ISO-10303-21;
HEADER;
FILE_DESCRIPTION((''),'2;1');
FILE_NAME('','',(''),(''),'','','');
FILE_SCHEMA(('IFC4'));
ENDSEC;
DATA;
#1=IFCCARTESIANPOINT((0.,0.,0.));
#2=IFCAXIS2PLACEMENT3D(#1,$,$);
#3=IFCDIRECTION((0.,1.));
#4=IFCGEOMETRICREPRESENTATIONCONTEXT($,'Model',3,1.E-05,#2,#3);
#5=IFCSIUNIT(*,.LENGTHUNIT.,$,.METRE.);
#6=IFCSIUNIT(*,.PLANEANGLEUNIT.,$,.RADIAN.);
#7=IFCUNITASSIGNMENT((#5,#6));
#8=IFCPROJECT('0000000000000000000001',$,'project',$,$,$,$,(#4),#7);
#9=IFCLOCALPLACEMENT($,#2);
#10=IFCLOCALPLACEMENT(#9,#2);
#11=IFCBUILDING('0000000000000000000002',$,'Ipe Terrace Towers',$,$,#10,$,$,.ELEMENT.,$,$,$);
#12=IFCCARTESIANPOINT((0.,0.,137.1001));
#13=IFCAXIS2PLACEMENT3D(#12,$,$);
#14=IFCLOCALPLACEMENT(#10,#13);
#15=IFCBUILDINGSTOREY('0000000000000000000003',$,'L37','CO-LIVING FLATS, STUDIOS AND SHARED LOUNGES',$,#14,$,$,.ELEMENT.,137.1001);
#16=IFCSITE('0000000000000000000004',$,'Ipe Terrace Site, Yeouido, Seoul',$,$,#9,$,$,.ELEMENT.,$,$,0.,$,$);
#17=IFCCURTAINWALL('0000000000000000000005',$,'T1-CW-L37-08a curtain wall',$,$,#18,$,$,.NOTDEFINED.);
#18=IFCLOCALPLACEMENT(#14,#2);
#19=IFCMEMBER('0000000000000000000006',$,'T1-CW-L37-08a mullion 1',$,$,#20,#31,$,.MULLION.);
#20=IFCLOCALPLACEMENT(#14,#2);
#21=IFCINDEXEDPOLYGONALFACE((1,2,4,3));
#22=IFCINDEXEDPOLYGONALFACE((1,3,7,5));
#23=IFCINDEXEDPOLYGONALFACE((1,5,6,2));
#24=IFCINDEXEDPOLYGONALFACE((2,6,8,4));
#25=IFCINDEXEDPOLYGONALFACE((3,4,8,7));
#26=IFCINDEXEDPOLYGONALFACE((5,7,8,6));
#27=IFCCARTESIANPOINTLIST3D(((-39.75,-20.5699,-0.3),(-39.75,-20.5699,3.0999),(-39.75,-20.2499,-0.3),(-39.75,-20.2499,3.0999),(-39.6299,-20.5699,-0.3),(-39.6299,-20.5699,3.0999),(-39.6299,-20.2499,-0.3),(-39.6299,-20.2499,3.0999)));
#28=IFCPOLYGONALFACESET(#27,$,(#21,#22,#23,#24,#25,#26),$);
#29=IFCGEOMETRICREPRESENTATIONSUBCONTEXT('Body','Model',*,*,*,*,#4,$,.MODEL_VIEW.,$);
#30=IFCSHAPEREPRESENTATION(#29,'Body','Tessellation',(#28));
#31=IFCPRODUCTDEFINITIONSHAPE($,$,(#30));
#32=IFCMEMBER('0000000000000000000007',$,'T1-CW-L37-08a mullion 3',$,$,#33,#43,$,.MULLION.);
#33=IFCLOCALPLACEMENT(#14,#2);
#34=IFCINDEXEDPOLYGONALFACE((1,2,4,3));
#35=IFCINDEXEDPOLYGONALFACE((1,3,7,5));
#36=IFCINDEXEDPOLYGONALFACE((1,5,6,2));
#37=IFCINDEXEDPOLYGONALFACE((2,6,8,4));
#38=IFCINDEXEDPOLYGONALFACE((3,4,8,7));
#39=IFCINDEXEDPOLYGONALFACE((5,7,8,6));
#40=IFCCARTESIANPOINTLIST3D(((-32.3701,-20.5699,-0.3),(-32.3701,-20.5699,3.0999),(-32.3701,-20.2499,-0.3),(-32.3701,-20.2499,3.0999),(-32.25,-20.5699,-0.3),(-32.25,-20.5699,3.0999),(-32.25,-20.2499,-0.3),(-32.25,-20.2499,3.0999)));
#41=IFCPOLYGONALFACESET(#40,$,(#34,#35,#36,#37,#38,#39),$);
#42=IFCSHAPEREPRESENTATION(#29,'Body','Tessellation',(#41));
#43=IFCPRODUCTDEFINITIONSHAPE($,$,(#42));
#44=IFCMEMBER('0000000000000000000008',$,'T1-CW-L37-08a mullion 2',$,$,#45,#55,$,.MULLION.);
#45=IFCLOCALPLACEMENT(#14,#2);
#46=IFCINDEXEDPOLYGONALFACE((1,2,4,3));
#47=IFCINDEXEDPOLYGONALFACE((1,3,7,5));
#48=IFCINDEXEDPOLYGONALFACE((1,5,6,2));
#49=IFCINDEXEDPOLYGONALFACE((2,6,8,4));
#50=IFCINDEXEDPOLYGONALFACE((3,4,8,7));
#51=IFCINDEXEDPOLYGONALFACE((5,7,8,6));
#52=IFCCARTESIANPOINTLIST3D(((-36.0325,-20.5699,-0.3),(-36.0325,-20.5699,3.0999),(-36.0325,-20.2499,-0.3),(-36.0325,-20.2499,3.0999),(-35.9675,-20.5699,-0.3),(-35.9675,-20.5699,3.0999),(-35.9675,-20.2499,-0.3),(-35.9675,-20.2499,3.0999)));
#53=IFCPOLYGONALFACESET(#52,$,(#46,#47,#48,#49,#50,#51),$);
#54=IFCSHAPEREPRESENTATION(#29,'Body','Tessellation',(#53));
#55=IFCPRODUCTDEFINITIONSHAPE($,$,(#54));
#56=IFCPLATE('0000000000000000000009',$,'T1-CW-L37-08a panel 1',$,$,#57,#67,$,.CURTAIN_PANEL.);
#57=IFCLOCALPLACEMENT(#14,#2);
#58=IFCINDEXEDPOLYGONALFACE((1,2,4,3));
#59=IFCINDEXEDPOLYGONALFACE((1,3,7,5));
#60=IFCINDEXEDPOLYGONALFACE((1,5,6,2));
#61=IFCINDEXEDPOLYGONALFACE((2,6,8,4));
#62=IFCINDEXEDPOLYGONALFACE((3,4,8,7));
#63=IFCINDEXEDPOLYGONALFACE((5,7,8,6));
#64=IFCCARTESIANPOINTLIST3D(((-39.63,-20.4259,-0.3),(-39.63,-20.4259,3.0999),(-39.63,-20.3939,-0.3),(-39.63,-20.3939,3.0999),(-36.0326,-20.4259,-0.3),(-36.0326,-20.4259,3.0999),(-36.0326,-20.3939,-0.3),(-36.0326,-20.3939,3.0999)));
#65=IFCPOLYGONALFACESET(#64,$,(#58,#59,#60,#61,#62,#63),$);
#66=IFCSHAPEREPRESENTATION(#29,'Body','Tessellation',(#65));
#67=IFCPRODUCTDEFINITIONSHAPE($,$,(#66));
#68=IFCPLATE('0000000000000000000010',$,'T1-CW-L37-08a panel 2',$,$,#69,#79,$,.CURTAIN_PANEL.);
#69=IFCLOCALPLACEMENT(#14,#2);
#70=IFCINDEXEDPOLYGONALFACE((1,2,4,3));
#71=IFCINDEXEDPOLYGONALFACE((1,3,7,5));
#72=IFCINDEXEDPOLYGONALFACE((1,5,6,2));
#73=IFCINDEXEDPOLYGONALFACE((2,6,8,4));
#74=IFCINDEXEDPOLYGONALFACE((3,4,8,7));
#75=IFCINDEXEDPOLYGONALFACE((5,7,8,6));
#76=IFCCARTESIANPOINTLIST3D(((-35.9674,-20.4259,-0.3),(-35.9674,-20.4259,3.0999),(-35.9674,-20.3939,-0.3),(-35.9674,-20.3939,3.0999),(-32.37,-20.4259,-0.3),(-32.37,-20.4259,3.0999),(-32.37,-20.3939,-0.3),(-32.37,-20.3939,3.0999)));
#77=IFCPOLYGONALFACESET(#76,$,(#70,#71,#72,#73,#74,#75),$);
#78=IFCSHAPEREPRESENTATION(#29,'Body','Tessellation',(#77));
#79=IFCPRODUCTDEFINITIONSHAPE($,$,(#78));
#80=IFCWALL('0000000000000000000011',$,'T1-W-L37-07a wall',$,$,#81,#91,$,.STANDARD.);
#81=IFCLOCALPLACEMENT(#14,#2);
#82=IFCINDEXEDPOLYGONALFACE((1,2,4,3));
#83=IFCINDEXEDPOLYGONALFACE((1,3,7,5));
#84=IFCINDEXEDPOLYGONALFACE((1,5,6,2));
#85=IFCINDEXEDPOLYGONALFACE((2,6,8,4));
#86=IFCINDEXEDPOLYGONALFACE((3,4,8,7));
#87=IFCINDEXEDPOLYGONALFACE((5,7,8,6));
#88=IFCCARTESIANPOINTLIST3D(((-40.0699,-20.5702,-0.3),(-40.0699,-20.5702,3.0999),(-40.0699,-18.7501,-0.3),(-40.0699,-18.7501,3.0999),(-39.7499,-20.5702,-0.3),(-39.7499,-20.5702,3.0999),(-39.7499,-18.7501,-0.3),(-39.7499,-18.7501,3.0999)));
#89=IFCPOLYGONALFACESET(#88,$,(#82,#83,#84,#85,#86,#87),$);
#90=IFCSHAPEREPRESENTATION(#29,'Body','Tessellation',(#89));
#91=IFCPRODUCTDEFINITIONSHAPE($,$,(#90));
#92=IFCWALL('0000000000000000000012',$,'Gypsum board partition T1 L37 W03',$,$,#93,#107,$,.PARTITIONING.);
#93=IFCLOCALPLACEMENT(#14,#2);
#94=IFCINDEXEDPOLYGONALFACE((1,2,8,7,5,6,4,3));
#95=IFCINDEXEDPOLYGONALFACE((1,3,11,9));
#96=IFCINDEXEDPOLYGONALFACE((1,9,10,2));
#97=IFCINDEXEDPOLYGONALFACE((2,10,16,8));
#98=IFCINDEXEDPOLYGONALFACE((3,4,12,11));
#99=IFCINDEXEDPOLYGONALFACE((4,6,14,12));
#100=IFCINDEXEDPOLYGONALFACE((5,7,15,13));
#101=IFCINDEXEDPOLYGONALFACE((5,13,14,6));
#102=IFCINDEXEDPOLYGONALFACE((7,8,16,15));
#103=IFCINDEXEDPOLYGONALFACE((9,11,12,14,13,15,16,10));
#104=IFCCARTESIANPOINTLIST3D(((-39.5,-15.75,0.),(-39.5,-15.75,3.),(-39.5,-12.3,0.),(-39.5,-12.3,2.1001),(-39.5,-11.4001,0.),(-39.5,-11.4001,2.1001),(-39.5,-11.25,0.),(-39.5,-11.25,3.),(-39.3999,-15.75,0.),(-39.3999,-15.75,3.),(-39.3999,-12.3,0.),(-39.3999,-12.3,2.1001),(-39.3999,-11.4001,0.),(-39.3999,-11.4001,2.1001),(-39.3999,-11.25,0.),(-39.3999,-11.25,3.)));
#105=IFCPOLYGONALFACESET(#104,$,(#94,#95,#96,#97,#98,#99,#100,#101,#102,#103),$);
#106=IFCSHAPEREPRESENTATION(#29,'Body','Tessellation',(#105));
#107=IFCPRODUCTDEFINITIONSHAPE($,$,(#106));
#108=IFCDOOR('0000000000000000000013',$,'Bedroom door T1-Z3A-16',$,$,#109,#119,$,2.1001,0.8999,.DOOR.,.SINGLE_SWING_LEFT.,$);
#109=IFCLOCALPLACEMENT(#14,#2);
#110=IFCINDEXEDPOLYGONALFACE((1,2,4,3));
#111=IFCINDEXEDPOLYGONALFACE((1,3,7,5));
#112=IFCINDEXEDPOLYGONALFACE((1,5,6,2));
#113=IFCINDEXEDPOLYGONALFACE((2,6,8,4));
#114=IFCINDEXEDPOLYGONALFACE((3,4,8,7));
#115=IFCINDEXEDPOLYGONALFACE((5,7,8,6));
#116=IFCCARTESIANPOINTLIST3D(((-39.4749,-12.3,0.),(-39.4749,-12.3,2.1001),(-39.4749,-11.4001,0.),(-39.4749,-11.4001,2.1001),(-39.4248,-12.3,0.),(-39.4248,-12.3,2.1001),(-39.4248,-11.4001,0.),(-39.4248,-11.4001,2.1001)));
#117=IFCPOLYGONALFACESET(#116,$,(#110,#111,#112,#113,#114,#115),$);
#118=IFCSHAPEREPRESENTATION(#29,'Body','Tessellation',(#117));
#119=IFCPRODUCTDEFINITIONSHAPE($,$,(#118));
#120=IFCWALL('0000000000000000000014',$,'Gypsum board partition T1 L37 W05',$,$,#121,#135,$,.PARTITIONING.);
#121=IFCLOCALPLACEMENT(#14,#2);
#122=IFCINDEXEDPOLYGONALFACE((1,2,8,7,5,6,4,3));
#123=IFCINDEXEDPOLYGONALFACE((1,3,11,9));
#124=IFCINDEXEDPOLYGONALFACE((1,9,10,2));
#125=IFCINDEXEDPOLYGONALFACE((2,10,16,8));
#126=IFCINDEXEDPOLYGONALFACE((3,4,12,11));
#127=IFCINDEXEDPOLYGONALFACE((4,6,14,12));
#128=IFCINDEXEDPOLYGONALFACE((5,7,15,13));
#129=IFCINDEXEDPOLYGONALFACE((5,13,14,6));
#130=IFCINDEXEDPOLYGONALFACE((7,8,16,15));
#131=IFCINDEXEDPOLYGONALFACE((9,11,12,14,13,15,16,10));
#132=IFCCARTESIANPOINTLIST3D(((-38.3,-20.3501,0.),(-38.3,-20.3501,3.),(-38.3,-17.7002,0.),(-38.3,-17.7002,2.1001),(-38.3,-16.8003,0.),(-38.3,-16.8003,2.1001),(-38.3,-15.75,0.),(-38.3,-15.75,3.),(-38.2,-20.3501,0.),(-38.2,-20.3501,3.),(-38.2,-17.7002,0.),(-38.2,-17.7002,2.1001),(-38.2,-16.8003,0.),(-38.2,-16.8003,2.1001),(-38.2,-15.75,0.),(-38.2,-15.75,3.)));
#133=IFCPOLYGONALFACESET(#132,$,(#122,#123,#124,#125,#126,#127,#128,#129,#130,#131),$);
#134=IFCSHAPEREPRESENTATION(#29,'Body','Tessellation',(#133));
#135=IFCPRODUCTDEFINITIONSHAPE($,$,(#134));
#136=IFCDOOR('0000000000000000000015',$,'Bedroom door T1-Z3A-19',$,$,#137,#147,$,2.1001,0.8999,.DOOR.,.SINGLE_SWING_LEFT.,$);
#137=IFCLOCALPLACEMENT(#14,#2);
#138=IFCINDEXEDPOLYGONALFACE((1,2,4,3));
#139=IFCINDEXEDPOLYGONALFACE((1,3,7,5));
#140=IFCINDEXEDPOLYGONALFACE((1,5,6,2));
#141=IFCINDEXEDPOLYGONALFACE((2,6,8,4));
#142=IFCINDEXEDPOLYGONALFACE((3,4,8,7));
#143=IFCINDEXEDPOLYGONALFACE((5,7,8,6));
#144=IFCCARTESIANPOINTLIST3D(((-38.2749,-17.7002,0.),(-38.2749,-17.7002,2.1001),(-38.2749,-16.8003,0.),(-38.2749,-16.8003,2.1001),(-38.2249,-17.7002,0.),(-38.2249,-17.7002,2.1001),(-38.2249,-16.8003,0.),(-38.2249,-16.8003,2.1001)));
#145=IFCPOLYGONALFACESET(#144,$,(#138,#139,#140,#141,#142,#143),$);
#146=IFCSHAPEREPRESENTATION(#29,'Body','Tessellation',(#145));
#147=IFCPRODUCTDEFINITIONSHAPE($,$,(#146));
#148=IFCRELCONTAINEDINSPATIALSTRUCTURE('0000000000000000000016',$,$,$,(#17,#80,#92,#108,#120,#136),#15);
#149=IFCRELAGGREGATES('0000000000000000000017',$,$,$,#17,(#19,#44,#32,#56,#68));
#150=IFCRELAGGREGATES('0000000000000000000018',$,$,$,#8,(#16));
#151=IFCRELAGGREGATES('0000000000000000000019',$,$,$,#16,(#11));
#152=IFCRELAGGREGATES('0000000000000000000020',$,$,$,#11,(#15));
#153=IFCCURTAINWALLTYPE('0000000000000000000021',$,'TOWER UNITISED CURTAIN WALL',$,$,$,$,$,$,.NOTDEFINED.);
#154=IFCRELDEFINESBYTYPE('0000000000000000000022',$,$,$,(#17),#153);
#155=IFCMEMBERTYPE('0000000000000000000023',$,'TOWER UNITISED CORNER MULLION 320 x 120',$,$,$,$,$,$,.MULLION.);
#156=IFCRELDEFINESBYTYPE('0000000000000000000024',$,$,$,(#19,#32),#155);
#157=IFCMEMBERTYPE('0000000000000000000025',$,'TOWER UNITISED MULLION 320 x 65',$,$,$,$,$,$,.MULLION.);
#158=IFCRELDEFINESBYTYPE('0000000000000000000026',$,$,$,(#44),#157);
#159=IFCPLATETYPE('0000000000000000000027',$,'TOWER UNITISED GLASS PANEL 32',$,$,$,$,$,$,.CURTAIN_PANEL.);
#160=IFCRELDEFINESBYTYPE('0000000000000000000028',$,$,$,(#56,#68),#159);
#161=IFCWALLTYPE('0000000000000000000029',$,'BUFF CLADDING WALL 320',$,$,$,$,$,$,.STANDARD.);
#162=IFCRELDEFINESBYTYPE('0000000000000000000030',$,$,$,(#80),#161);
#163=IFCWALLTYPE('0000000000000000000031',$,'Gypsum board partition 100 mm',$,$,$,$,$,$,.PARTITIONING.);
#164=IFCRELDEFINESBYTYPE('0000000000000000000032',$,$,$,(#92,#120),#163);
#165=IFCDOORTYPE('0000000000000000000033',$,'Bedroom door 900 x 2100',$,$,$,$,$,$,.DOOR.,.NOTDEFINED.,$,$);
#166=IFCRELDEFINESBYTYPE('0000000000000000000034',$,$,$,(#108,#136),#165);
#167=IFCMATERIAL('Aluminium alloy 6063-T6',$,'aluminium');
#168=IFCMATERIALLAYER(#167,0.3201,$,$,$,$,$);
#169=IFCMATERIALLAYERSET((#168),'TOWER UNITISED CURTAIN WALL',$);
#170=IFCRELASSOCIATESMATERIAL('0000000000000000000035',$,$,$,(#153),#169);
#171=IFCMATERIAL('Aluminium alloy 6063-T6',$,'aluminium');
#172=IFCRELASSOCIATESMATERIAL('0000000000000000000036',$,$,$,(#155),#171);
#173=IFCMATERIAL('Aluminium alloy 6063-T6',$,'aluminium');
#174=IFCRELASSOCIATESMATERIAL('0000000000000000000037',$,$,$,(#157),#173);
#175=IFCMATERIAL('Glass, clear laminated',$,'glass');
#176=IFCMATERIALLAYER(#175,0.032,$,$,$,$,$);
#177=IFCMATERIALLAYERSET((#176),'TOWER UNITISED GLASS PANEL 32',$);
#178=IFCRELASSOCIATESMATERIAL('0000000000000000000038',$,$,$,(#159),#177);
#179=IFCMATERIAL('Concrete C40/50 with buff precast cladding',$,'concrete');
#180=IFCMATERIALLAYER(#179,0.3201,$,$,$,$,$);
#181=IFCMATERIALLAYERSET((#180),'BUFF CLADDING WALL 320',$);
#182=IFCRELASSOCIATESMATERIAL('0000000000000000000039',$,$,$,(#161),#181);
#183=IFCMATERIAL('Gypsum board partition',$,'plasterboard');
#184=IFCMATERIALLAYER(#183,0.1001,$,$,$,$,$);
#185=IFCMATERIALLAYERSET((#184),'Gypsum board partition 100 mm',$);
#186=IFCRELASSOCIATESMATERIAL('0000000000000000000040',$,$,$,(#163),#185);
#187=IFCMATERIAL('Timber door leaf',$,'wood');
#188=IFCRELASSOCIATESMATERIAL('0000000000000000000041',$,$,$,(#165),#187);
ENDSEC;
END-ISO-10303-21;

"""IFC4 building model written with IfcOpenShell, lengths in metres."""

from ifc_helpers import new_model, si_unit, direction, frame, frame_2d, origin, origin_2d, place, context, subcontext, project, spatial, rectangle, extrude, material, layer, layer_set, material_profile, profile_set, type_object, element, fill, aggregate, save


model = new_model("IFC4")

# Units and contexts
model_context = context("Model", 3, precision=1e-05, world=origin(), true_north=direction((0.0, 1.0)))
body_context = subcontext(model_context, "Body", "Model", "MODEL_VIEW")
ifc_project = project(units=[si_unit("LENGTHUNIT", "METRE"), si_unit("PLANEANGLEUNIT", "RADIAN")], contexts=[model_context])

# Site, building, storey
site_placement = place(None, origin())
site = spatial("IfcSite", under=ifc_project, at=site_placement, Name="Ipe Terrace Site, Yeouido, Seoul", CompositionType="ELEMENT", RefElevation=0.0)
building_placement = place(site_placement, origin())
building = spatial("IfcBuilding", under=site, at=building_placement, Name="Ipe Terrace Towers", CompositionType="ELEMENT")
storey_placement = place(building_placement, frame((0.0, 0.0, 137.1001)))
storey = spatial("IfcBuildingStorey", under=building, at=storey_placement, Name="L37", Description="CO-LIVING FLATS, STUDIOS AND SHARED LOUNGES", CompositionType="ELEMENT", Elevation=137.1001)

# Curtain wall, members, plates
ifc_material_1 = material(Name="Aluminium alloy 6063-T6", Category="aluminium")
ifc_layer_1 = layer(ifc_material_1, 0.3201)
ifc_layer_set_1 = layer_set([ifc_layer_1], Name="TOWER UNITISED CURTAIN WALL")
curtain_wall_type = type_object("IfcCurtainWallType", Name="TOWER UNITISED CURTAIN WALL", PredefinedType="NOTDEFINED", material=ifc_layer_set_1)
curtain_wall_placement = place(storey_placement, origin())
curtain_wall = element("IfcCurtainWall", 1, at=curtain_wall_placement, inside=storey, type_object=curtain_wall_type, Name="T1-CW-L37-08a curtain wall", PredefinedType="NOTDEFINED")
ifc_material_2 = material(Name="Aluminium alloy 6063-T6", Category="aluminium")
ifc_material_profile_1 = material_profile(ifc_material_2, rectangle(XDim=0.3201, YDim=0.1201, at=origin_2d()), Name="TOWER UNITISED CORNER MULLION 320 x 120")
ifc_profile_set_1 = profile_set([ifc_material_profile_1], Name="Aluminium alloy 6063-T6")
member_type_1 = type_object("IfcMemberType", Name="TOWER UNITISED CORNER MULLION 320 x 120", PredefinedType="MULLION", material=ifc_profile_set_1)
member_1_placement = place(storey_placement, frame((-39.6899, -20.4099, -0.3), z_axis=(0.0, 0.0, 1.0), x_axis=(0.0, -1.0, 0.0)))
member_1 = element("IfcMember", 2, at=member_1_placement, type_object=member_type_1, Name="T1-CW-L37-08a mullion 1", PredefinedType="MULLION", context=body_context, shape_type="SweptSolid", body=[
    extrude(rectangle(XDim=0.3201, YDim=0.1201, at=origin_2d()), origin(), (0.0, 0.0, 1.0), 3.3999),
])
member_2_placement = place(storey_placement, frame((-32.3101, -20.4099, -0.3), z_axis=(0.0, 0.0, 1.0), x_axis=(0.0, -1.0, 0.0)))
member_2 = element("IfcMember", 3, at=member_2_placement, type_object=member_type_1, Name="T1-CW-L37-08a mullion 3", PredefinedType="MULLION", context=body_context, shape_type="SweptSolid", body=[
    extrude(rectangle(XDim=0.3201, YDim=0.1201, at=origin_2d()), origin(), (0.0, 0.0, 1.0), 3.3999),
])
ifc_material_3 = material(Name="Aluminium alloy 6063-T6", Category="aluminium")
ifc_material_profile_2 = material_profile(ifc_material_3, rectangle(XDim=0.3201, YDim=0.0649, at=origin_2d()), Name="TOWER UNITISED MULLION 320 x 65")
ifc_profile_set_2 = profile_set([ifc_material_profile_2], Name="Aluminium alloy 6063-T6")
member_type_2 = type_object("IfcMemberType", Name="TOWER UNITISED MULLION 320 x 65", PredefinedType="MULLION", material=ifc_profile_set_2)
member_3_placement = place(storey_placement, frame((-36.0, -20.4099, -0.3), z_axis=(0.0, 0.0, 1.0), x_axis=(0.0, -1.0, 0.0)))
member_3 = element("IfcMember", 4, at=member_3_placement, type_object=member_type_2, Name="T1-CW-L37-08a mullion 2", PredefinedType="MULLION", context=body_context, shape_type="SweptSolid", body=[
    extrude(rectangle(XDim=0.3201, YDim=0.0649, at=origin_2d()), origin(), (0.0, 0.0, 1.0), 3.3999),
])
ifc_material_4 = material(Name="Glass, clear laminated", Category="glass")
ifc_layer_2 = layer(ifc_material_4, 0.032)
ifc_layer_set_2 = layer_set([ifc_layer_2], Name="TOWER UNITISED GLASS PANEL 32")
plate_type = type_object("IfcPlateType", Name="TOWER UNITISED GLASS PANEL 32", PredefinedType="CURTAIN_PANEL", material=ifc_layer_set_2)
plate_1_placement = place(storey_placement, frame((-37.8313, -20.4099, -0.3), z_axis=(0.0, 0.0, 1.0), x_axis=(1.0, 0.0, 0.0)))
plate_1 = element("IfcPlate", 5, at=plate_1_placement, type_object=plate_type, Name="T1-CW-L37-08a panel 1", PredefinedType="CURTAIN_PANEL", context=body_context, shape_type="SweptSolid", body=[
    extrude(rectangle(XDim=3.5974, YDim=0.032, at=origin_2d()), origin(), (0.0, 0.0, 1.0), 3.3999),
])
plate_2_placement = place(storey_placement, frame((-34.1687, -20.4099, -0.3), z_axis=(0.0, 0.0, 1.0), x_axis=(1.0, 0.0, 0.0)))
plate_2 = element("IfcPlate", 6, at=plate_2_placement, type_object=plate_type, Name="T1-CW-L37-08a panel 2", PredefinedType="CURTAIN_PANEL", context=body_context, shape_type="SweptSolid", body=[
    extrude(rectangle(XDim=3.5974, YDim=0.032, at=origin_2d()), origin(), (0.0, 0.0, 1.0), 3.3999),
])
aggregate(curtain_wall, [member_1, member_3, member_2, plate_1, plate_2])

# Wall
ifc_material_5 = material(Name="Concrete C40/50 with buff precast cladding", Category="concrete")
ifc_layer_3 = layer(ifc_material_5, 0.3201)
ifc_layer_set_3 = layer_set([ifc_layer_3], Name="BUFF CLADDING WALL 320")
wall_type_1 = type_object("IfcWallType", Name="BUFF CLADDING WALL 320", PredefinedType="STANDARD", material=ifc_layer_set_3)
wall_1_placement = place(storey_placement, frame((-39.9099, -18.75, -0.3), z_axis=(0.0, 0.0, 1.0), x_axis=(0.0, -1.0, 0.0)))
element("IfcWall", 7, at=wall_1_placement, inside=storey, type_object=wall_type_1, Name="T1-W-L37-07a wall", PredefinedType="STANDARD", context=body_context, shape_type="SweptSolid", body=[
    extrude(rectangle(XDim=1.8201, YDim=0.3201, at=frame_2d((0.9102, 0.0))), origin(), (0.0, 0.0, 1.0), 3.3999),
])

# Walls, openings, doors
ifc_material_6 = material(Name="Gypsum board partition", Category="plasterboard")
ifc_layer_4 = layer(ifc_material_6, 0.1001)
ifc_layer_set_4 = layer_set([ifc_layer_4], Name="Gypsum board partition 100 mm")
wall_type_2 = type_object("IfcWallType", Name="Gypsum board partition 100 mm", PredefinedType="PARTITIONING", material=ifc_layer_set_4)
wall_2_placement = place(storey_placement, frame((-39.45, -15.75, 0.0), z_axis=(0.0, 0.0, 1.0), x_axis=(0.0, 1.0, 0.0)))
wall_2 = element("IfcWall", 8, at=wall_2_placement, inside=storey, type_object=wall_type_2, Name="Gypsum board partition T1 L37 W03", PredefinedType="PARTITIONING", context=body_context, shape_type="SweptSolid", body=[
    extrude(rectangle(XDim=4.5, YDim=0.1001, at=frame_2d((2.25, 0.0))), origin(), (0.0, 0.0, 1.0), 3.0),
])
opening_1_placement = place(wall_2_placement, frame((3.45, 0.0, 0.0)))
opening_1 = element("IfcOpeningElement", 9, at=opening_1_placement, cuts=wall_2, PredefinedType="OPENING", context=body_context, shape_type="SweptSolid", body=[
    extrude(rectangle(XDim=0.8999, YDim=2.1001, at=frame_2d((0.45, 1.05))), frame((0.0, 0.0601, 0.0), z_axis=(0.0, -1.0, 0.0), x_axis=(1.0, 0.0, 0.0)), (0.0, 0.0, 1.0), 0.1201),
])
ifc_material_7 = material(Name="Timber door leaf", Category="wood")
door_type_1 = type_object("IfcDoorType", Name="Bedroom door 900 x 2100", OperationType="NOTDEFINED", PredefinedType="DOOR", material=ifc_material_7)
door_1_placement = place(opening_1_placement, origin())
door_1 = element("IfcDoor", 10, at=door_1_placement, inside=storey, type_object=door_type_1, Name="Bedroom door T1-Z3A-16", OperationType="SINGLE_SWING_LEFT", OverallHeight=2.1001, OverallWidth=0.8999, PredefinedType="DOOR", context=body_context, shape_type="SweptSolid", body=[
    extrude(rectangle(XDim=0.8999, YDim=2.1001, at=frame_2d((0.45, 1.05))), frame((0.0, 0.0249, 0.0), z_axis=(0.0, -1.0, 0.0), x_axis=(1.0, 0.0, 0.0)), (0.0, 0.0, 1.0), 0.05),
])
fill(opening_1, door_1)
wall_3_placement = place(storey_placement, frame((-38.25, -20.3501, 0.0), z_axis=(0.0, 0.0, 1.0), x_axis=(0.0, 1.0, 0.0)))
wall_3 = element("IfcWall", 11, at=wall_3_placement, inside=storey, type_object=wall_type_2, Name="Gypsum board partition T1 L37 W05", PredefinedType="PARTITIONING", context=body_context, shape_type="SweptSolid", body=[
    extrude(rectangle(XDim=4.6001, YDim=0.1001, at=frame_2d((2.3, 0.0))), origin(), (0.0, 0.0, 1.0), 3.0),
])
opening_2_placement = place(wall_3_placement, frame((2.6499, 0.0, 0.0)))
opening_2 = element("IfcOpeningElement", 12, at=opening_2_placement, cuts=wall_3, PredefinedType="OPENING", context=body_context, shape_type="SweptSolid", body=[
    extrude(rectangle(XDim=0.8999, YDim=2.1001, at=frame_2d((0.45, 1.05))), frame((0.0, 0.0601, 0.0), z_axis=(0.0, -1.0, 0.0), x_axis=(1.0, 0.0, 0.0)), (0.0, 0.0, 1.0), 0.1201),
])
door_2_placement = place(opening_2_placement, origin())
door_2 = element("IfcDoor", 13, at=door_2_placement, inside=storey, type_object=door_type_1, Name="Bedroom door T1-Z3A-19", OperationType="SINGLE_SWING_LEFT", OverallHeight=2.1001, OverallWidth=0.8999, PredefinedType="DOOR", context=body_context, shape_type="SweptSolid", body=[
    extrude(rectangle(XDim=0.8999, YDim=2.1001, at=frame_2d((0.45, 1.05))), frame((0.0, 0.0249, 0.0), z_axis=(0.0, -1.0, 0.0), x_axis=(1.0, 0.0, 0.0)), (0.0, 0.0, 1.0), 0.05),
])
fill(opening_2, door_2)

save(model, "model.ifc")
